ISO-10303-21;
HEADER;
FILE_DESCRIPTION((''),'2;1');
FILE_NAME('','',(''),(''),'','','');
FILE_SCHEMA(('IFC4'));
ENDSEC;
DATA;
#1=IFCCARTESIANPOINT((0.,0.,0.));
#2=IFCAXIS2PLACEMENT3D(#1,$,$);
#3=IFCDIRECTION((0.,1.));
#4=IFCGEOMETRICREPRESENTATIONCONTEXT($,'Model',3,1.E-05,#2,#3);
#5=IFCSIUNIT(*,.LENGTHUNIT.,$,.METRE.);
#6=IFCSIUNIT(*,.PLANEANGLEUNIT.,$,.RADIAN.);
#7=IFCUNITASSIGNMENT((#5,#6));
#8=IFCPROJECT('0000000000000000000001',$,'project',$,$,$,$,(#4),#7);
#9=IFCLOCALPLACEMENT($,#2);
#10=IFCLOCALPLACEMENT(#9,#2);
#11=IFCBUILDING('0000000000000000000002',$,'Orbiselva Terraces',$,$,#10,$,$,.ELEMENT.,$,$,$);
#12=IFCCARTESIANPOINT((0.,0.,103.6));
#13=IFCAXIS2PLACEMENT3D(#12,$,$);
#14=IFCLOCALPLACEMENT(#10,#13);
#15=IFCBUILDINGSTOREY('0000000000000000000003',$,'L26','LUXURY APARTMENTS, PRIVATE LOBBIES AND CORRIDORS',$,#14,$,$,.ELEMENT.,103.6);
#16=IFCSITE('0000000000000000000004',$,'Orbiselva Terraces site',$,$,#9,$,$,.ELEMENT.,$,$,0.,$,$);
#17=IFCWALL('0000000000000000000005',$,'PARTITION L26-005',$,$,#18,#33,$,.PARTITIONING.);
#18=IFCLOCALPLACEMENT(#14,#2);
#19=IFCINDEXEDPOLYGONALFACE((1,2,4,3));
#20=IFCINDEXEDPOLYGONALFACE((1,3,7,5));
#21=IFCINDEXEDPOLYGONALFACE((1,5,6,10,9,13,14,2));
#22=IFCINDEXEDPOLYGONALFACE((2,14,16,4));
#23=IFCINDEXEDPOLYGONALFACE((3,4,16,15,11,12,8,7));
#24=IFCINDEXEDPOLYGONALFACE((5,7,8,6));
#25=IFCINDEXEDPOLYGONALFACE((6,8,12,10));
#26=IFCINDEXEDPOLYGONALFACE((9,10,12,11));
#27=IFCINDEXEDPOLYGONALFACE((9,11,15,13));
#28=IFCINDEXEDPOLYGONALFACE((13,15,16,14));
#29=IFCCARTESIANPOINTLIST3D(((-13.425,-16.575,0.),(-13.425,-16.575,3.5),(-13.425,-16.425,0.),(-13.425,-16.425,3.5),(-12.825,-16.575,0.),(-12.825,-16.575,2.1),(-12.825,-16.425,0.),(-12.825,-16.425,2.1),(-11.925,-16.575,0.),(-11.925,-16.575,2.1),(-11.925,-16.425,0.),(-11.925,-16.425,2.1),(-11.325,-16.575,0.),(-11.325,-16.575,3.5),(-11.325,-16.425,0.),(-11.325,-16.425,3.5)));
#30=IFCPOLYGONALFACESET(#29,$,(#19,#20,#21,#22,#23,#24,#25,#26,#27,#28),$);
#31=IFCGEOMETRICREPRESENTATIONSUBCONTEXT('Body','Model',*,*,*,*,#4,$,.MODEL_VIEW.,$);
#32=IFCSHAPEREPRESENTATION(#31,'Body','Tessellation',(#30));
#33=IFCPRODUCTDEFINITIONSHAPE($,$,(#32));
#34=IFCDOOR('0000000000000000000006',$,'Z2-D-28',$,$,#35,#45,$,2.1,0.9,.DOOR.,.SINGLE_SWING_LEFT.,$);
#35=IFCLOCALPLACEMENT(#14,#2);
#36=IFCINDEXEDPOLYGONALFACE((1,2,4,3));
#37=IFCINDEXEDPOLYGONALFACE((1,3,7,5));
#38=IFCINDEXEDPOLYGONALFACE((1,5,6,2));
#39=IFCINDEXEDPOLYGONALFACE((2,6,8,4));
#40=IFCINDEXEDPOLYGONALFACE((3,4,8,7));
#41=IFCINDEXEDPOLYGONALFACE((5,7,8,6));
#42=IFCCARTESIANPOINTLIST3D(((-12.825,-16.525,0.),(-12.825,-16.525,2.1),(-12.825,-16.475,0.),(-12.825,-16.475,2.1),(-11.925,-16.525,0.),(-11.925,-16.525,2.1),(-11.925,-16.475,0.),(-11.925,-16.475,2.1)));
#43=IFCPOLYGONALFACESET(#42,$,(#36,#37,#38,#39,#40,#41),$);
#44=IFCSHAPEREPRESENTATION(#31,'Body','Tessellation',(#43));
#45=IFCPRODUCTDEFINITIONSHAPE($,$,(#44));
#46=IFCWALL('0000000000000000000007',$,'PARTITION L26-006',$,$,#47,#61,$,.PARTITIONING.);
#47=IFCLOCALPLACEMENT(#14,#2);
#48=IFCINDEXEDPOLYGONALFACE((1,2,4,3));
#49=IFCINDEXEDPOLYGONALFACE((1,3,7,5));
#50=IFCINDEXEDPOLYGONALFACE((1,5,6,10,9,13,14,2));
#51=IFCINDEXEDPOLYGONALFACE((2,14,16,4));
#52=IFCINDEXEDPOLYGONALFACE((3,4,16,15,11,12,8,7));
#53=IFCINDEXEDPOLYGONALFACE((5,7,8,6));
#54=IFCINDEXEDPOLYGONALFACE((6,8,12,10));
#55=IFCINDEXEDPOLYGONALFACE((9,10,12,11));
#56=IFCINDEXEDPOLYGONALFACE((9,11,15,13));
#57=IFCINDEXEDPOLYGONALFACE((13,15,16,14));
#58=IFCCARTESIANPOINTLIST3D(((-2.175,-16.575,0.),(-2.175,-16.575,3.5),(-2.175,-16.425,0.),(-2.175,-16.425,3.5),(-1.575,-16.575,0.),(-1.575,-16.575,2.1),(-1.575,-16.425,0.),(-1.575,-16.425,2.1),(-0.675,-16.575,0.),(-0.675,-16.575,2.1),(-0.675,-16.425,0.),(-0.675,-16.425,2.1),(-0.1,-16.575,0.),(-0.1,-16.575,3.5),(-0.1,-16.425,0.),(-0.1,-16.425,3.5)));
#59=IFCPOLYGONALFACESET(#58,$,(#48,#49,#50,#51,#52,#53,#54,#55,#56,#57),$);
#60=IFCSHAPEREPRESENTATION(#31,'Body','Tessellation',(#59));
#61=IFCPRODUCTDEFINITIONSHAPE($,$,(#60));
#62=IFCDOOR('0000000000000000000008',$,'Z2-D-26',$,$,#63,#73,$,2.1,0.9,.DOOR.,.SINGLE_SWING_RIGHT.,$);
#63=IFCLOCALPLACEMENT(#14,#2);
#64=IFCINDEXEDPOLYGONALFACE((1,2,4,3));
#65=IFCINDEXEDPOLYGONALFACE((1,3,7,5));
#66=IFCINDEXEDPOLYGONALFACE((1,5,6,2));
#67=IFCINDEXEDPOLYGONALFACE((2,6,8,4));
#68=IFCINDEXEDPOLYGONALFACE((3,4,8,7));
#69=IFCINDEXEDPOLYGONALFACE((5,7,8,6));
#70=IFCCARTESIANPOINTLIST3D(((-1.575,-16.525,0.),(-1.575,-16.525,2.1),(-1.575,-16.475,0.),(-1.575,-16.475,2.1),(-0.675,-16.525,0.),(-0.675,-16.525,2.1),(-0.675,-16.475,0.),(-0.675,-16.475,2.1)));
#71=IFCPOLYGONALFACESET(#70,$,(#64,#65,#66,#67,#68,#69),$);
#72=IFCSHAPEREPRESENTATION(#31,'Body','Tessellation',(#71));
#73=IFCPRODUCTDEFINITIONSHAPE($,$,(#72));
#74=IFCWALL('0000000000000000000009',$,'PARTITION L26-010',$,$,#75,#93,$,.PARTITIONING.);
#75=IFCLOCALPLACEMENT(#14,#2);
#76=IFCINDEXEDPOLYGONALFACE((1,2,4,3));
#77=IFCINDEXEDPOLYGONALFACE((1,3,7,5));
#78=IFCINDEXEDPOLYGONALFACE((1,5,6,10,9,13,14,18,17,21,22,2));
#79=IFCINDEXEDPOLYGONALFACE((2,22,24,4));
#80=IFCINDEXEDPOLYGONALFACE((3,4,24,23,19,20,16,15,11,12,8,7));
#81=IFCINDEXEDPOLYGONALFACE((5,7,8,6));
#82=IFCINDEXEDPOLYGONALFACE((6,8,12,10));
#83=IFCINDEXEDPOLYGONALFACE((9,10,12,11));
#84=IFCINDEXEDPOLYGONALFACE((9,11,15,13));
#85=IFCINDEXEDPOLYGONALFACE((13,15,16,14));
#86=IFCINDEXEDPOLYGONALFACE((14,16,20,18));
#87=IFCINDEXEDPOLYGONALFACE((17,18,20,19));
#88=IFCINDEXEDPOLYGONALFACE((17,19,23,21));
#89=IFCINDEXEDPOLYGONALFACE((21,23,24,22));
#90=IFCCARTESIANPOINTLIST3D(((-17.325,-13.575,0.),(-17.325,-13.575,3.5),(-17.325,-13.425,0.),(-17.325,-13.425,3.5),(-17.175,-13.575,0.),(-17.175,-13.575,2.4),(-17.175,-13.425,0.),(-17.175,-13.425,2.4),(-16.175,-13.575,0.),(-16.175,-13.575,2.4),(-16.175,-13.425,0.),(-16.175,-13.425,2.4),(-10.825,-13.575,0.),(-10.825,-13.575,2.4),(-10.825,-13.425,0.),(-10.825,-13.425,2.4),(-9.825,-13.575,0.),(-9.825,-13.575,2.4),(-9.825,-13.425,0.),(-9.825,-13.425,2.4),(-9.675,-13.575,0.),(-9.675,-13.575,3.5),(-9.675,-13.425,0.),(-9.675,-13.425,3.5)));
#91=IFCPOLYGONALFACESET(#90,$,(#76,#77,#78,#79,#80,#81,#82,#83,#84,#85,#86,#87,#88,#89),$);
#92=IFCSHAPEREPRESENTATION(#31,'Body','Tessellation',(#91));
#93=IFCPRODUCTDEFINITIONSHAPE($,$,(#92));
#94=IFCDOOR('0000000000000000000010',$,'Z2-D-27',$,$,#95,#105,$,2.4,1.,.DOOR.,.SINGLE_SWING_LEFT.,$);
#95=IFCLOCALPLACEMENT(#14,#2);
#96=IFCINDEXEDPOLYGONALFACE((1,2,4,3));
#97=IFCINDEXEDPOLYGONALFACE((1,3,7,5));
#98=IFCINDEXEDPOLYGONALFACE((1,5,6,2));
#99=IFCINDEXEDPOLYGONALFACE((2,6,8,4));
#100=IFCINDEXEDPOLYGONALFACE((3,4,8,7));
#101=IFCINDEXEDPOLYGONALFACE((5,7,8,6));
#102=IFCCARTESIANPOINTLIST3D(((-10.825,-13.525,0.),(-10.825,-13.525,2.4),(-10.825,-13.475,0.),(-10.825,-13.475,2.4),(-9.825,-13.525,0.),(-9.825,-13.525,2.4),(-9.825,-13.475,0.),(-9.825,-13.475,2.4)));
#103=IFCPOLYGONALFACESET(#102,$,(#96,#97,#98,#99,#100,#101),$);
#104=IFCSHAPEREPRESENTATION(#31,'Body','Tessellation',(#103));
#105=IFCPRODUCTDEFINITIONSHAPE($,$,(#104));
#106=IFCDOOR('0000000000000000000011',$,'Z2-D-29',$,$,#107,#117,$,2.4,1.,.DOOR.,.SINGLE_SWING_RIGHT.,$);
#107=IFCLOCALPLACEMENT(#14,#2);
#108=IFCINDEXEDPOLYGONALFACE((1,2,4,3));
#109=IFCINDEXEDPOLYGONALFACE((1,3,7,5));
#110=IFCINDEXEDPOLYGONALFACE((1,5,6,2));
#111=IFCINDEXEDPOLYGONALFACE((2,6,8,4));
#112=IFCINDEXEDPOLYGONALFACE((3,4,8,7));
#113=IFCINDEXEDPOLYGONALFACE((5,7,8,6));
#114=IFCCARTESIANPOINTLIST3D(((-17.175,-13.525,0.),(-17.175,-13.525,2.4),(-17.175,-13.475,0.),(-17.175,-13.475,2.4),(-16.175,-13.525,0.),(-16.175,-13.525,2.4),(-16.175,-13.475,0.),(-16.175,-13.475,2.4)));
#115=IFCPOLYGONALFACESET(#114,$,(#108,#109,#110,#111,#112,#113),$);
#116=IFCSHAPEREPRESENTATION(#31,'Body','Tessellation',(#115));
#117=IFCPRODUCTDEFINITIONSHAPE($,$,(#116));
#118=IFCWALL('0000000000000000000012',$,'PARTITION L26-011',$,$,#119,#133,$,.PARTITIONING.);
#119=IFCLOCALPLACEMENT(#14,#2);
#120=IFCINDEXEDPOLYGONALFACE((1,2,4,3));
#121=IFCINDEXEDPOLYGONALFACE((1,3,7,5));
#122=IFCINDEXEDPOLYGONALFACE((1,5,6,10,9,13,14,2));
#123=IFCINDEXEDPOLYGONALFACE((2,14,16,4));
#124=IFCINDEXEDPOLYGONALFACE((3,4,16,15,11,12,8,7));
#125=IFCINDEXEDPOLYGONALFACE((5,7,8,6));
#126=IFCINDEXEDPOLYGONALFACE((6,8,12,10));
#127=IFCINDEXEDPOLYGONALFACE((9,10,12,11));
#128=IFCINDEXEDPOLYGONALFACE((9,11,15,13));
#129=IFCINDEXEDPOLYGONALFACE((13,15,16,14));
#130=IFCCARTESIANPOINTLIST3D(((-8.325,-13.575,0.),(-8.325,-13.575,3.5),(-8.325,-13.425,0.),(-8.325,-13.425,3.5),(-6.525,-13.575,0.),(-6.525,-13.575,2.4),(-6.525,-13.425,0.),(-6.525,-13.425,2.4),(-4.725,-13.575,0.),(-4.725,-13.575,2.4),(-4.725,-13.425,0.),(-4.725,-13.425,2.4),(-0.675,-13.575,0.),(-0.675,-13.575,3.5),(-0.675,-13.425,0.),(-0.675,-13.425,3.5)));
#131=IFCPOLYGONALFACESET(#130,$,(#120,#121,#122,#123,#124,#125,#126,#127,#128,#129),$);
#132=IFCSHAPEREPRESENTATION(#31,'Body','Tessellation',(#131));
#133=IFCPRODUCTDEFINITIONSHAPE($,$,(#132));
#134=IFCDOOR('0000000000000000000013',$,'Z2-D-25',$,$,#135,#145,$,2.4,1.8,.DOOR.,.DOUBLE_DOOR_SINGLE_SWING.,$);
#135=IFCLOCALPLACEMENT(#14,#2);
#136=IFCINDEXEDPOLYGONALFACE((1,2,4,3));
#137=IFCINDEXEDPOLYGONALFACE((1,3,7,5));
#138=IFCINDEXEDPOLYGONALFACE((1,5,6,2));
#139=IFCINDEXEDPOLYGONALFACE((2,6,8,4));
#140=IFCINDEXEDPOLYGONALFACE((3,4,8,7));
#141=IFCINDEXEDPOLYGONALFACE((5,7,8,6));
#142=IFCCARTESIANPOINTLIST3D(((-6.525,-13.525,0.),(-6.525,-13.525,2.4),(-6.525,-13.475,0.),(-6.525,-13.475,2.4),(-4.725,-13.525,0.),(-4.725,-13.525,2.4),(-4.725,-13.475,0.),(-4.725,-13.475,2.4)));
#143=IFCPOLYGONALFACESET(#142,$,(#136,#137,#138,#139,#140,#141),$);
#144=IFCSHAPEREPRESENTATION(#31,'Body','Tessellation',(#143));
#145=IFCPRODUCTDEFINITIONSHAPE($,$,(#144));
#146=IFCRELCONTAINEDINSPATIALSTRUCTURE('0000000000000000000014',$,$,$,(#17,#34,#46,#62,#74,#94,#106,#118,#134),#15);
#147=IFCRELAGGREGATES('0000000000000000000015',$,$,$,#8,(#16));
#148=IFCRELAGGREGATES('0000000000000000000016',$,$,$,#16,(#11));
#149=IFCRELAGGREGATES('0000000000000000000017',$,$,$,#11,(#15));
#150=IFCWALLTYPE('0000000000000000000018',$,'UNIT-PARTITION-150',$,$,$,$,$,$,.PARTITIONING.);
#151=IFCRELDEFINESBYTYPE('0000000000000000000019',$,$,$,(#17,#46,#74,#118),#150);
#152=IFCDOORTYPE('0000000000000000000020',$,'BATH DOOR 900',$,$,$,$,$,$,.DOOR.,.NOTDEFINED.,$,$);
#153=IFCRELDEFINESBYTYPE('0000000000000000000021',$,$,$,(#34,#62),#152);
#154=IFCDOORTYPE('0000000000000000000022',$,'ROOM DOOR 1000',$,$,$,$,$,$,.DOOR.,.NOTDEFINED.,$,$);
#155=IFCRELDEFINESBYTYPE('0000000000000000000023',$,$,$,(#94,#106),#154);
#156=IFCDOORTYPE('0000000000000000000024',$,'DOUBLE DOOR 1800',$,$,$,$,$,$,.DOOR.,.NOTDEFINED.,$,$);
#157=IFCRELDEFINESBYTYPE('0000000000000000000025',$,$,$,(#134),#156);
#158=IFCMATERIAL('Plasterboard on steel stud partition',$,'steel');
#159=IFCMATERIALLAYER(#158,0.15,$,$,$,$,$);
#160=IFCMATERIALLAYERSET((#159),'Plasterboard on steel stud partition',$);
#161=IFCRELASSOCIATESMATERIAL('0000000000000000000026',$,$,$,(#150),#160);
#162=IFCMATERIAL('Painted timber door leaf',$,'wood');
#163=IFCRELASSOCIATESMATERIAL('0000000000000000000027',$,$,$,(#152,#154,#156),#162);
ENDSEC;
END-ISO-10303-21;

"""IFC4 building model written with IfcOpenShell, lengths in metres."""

from ifc_helpers import new_model, si_unit, direction, frame, frame_2d, origin, place, context, subcontext, project, spatial, rectangle, extrude, material, layer, layer_set, type_object, element, fill, save


model = new_model("IFC4")

# Units and contexts
model_context = context("Model", 3, precision=1e-05, world=origin(), true_north=direction((0.0, 1.0)))
body_context = subcontext(model_context, "Body", "Model", "MODEL_VIEW")
ifc_project = project(units=[si_unit("LENGTHUNIT", "METRE"), si_unit("PLANEANGLEUNIT", "RADIAN")], contexts=[model_context])

# Site, building, storey
site_placement = place(None, origin())
site = spatial("IfcSite", under=ifc_project, at=site_placement, Name="Orbiselva Terraces site", CompositionType="ELEMENT", RefElevation=0.0)
building_placement = place(site_placement, origin())
building = spatial("IfcBuilding", under=site, at=building_placement, Name="Orbiselva Terraces", CompositionType="ELEMENT")
storey_placement = place(building_placement, frame((0.0, 0.0, 103.6)))
storey = spatial("IfcBuildingStorey", under=building, at=storey_placement, Name="L26", Description="LUXURY APARTMENTS, PRIVATE LOBBIES AND CORRIDORS", CompositionType="ELEMENT", Elevation=103.6)

# Walls, openings, doors
ifc_material_1 = material(Name="Plasterboard on steel stud partition", Category="steel")
ifc_layer_1 = layer(ifc_material_1, 0.15)
ifc_layer_set_1 = layer_set([ifc_layer_1], Name="Plasterboard on steel stud partition")
wall_type_1 = type_object("IfcWallType", Name="UNIT-PARTITION-150", PredefinedType="PARTITIONING", material=ifc_layer_set_1)
wall_1_placement = place(storey_placement, frame((-13.425, -16.5, 0.0), z_axis=(0.0, 0.0, 1.0), x_axis=(1.0, 0.0, 0.0)))
wall_1 = element("IfcWall", 1, at=wall_1_placement, inside=storey, type_object=wall_type_1, Name="PARTITION L26-005", PredefinedType="PARTITIONING", context=body_context, shape_type="SweptSolid", body=[
    extrude(rectangle(XDim=2.1, YDim=0.15, at=frame_2d((1.05, 0.0))), origin(), (0.0, 0.0, 1.0), 3.5),
])
opening_1_placement = place(wall_1_placement, frame((0.6, 0.0, 0.0)))
opening_1 = element("IfcOpeningElement", 2, at=opening_1_placement, cuts=wall_1, PredefinedType="OPENING", context=body_context, shape_type="SweptSolid", body=[
    extrude(rectangle(XDim=0.9, YDim=2.1, at=frame_2d((0.45, 1.05))), frame((0.0, 0.085, 0.0), z_axis=(0.0, -1.0, 0.0), x_axis=(1.0, 0.0, 0.0)), (0.0, 0.0, 1.0), 0.17),
])
ifc_material_2 = material(Name="Painted timber door leaf", Category="wood")
door_type_1 = type_object("IfcDoorType", Name="BATH DOOR 900", OperationType="NOTDEFINED", PredefinedType="DOOR", material=ifc_material_2)
door_1_placement = place(opening_1_placement, origin())
door_1 = element("IfcDoor", 3, at=door_1_placement, inside=storey, type_object=door_type_1, Name="Z2-D-28", OperationType="SINGLE_SWING_LEFT", OverallHeight=2.1, OverallWidth=0.9, PredefinedType="DOOR", context=body_context, shape_type="SweptSolid", body=[
    extrude(rectangle(XDim=0.9, YDim=2.1, at=frame_2d((0.45, 1.05))), frame((0.0, 0.025, 0.0), z_axis=(0.0, -1.0, 0.0), x_axis=(1.0, 0.0, 0.0)), (0.0, 0.0, 1.0), 0.05),
])
fill(opening_1, door_1)
wall_2_placement = place(storey_placement, frame((-2.175, -16.5, 0.0), z_axis=(0.0, 0.0, 1.0), x_axis=(1.0, 0.0, 0.0)))
wall_2 = element("IfcWall", 4, at=wall_2_placement, inside=storey, type_object=wall_type_1, Name="PARTITION L26-006", PredefinedType="PARTITIONING", context=body_context, shape_type="SweptSolid", body=[
    extrude(rectangle(XDim=2.075, YDim=0.15, at=frame_2d((1.0375, 0.0))), origin(), (0.0, 0.0, 1.0), 3.5),
])
opening_2_placement = place(wall_2_placement, frame((0.6, 0.0, 0.0)))
opening_2 = element("IfcOpeningElement", 5, at=opening_2_placement, cuts=wall_2, PredefinedType="OPENING", context=body_context, shape_type="SweptSolid", body=[
    extrude(rectangle(XDim=0.9, YDim=2.1, at=frame_2d((0.45, 1.05))), frame((0.0, 0.085, 0.0), z_axis=(0.0, -1.0, 0.0), x_axis=(1.0, 0.0, 0.0)), (0.0, 0.0, 1.0), 0.17),
])
door_2_placement = place(opening_2_placement, origin())
door_2 = element("IfcDoor", 6, at=door_2_placement, inside=storey, type_object=door_type_1, Name="Z2-D-26", OperationType="SINGLE_SWING_RIGHT", OverallHeight=2.1, OverallWidth=0.9, PredefinedType="DOOR", context=body_context, shape_type="SweptSolid", body=[
    extrude(rectangle(XDim=0.9, YDim=2.1, at=frame_2d((0.45, 1.05))), frame((0.0, 0.025, 0.0), z_axis=(0.0, -1.0, 0.0), x_axis=(1.0, 0.0, 0.0)), (0.0, 0.0, 1.0), 0.05),
])
fill(opening_2, door_2)

# Wall, openings, doors
wall_3_placement = place(storey_placement, frame((-9.675, -13.5, 0.0), z_axis=(0.0, 0.0, 1.0), x_axis=(-1.0, 0.0, 0.0)))
wall_3 = element("IfcWall", 7, at=wall_3_placement, inside=storey, type_object=wall_type_1, Name="PARTITION L26-010", PredefinedType="PARTITIONING", context=body_context, shape_type="SweptSolid", body=[
    extrude(rectangle(XDim=7.65, YDim=0.15, at=frame_2d((3.825, 0.0))), origin(), (0.0, 0.0, 1.0), 3.5),
])
opening_3_placement = place(wall_3_placement, frame((0.15, 0.0, 0.0)))
opening_3 = element("IfcOpeningElement", 8, at=opening_3_placement, cuts=wall_3, PredefinedType="OPENING", context=body_context, shape_type="SweptSolid", body=[
    extrude(rectangle(XDim=1.0, YDim=2.4, at=frame_2d((0.5, 1.2))), frame((0.0, 0.085, 0.0), z_axis=(0.0, -1.0, 0.0), x_axis=(1.0, 0.0, 0.0)), (0.0, 0.0, 1.0), 0.17),
])
opening_4_placement = place(wall_3_placement, frame((6.5, 0.0, 0.0)))
opening_4 = element("IfcOpeningElement", 9, at=opening_4_placement, cuts=wall_3, PredefinedType="OPENING", context=body_context, shape_type="SweptSolid", body=[
    extrude(rectangle(XDim=1.0, YDim=2.4, at=frame_2d((0.5, 1.2))), frame((0.0, 0.085, 0.0), z_axis=(0.0, -1.0, 0.0), x_axis=(1.0, 0.0, 0.0)), (0.0, 0.0, 1.0), 0.17),
])
door_type_2 = type_object("IfcDoorType", Name="ROOM DOOR 1000", OperationType="NOTDEFINED", PredefinedType="DOOR", material=ifc_material_2)
door_3_placement = place(opening_3_placement, origin())
door_3 = element("IfcDoor", 10, at=door_3_placement, inside=storey, type_object=door_type_2, Name="Z2-D-27", OperationType="SINGLE_SWING_LEFT", OverallHeight=2.4, OverallWidth=1.0, PredefinedType="DOOR", context=body_context, shape_type="SweptSolid", body=[
    extrude(rectangle(XDim=1.0, YDim=2.4, at=frame_2d((0.5, 1.2))), frame((0.0, 0.025, 0.0), z_axis=(0.0, -1.0, 0.0), x_axis=(1.0, 0.0, 0.0)), (0.0, 0.0, 1.0), 0.05),
])
fill(opening_3, door_3)
door_4_placement = place(opening_4_placement, origin())
door_4 = element("IfcDoor", 11, at=door_4_placement, inside=storey, type_object=door_type_2, Name="Z2-D-29", OperationType="SINGLE_SWING_RIGHT", OverallHeight=2.4, OverallWidth=1.0, PredefinedType="DOOR", context=body_context, shape_type="SweptSolid", body=[
    extrude(rectangle(XDim=1.0, YDim=2.4, at=frame_2d((0.5, 1.2))), frame((0.0, 0.025, 0.0), z_axis=(0.0, -1.0, 0.0), x_axis=(1.0, 0.0, 0.0)), (0.0, 0.0, 1.0), 0.05),
])
fill(opening_4, door_4)

# Wall, opening, door
wall_4_placement = place(storey_placement, frame((-0.675, -13.5, 0.0), z_axis=(0.0, 0.0, 1.0), x_axis=(-1.0, 0.0, 0.0)))
wall_4 = element("IfcWall", 12, at=wall_4_placement, inside=storey, type_object=wall_type_1, Name="PARTITION L26-011", PredefinedType="PARTITIONING", context=body_context, shape_type="SweptSolid", body=[
    extrude(rectangle(XDim=7.65, YDim=0.15, at=frame_2d((3.825, 0.0))), origin(), (0.0, 0.0, 1.0), 3.5),
])
opening_5_placement = place(wall_4_placement, frame((4.05, 0.0, 0.0)))
opening_5 = element("IfcOpeningElement", 13, at=opening_5_placement, cuts=wall_4, PredefinedType="OPENING", context=body_context, shape_type="SweptSolid", body=[
    extrude(rectangle(XDim=1.8, YDim=2.4, at=frame_2d((0.9, 1.2))), frame((0.0, 0.085, 0.0), z_axis=(0.0, -1.0, 0.0), x_axis=(1.0, 0.0, 0.0)), (0.0, 0.0, 1.0), 0.17),
])
door_type_3 = type_object("IfcDoorType", Name="DOUBLE DOOR 1800", OperationType="NOTDEFINED", PredefinedType="DOOR", material=ifc_material_2)
door_5_placement = place(opening_5_placement, origin())
door_5 = element("IfcDoor", 14, at=door_5_placement, inside=storey, type_object=door_type_3, Name="Z2-D-25", OperationType="DOUBLE_DOOR_SINGLE_SWING", OverallHeight=2.4, OverallWidth=1.8, PredefinedType="DOOR", context=body_context, shape_type="SweptSolid", body=[
    extrude(rectangle(XDim=1.8, YDim=2.4, at=frame_2d((0.9, 1.2))), frame((0.0, 0.025, 0.0), z_axis=(0.0, -1.0, 0.0), x_axis=(1.0, 0.0, 0.0)), (0.0, 0.0, 1.0), 0.05),
])
fill(opening_5, door_5)

save(model, "model.ifc")
